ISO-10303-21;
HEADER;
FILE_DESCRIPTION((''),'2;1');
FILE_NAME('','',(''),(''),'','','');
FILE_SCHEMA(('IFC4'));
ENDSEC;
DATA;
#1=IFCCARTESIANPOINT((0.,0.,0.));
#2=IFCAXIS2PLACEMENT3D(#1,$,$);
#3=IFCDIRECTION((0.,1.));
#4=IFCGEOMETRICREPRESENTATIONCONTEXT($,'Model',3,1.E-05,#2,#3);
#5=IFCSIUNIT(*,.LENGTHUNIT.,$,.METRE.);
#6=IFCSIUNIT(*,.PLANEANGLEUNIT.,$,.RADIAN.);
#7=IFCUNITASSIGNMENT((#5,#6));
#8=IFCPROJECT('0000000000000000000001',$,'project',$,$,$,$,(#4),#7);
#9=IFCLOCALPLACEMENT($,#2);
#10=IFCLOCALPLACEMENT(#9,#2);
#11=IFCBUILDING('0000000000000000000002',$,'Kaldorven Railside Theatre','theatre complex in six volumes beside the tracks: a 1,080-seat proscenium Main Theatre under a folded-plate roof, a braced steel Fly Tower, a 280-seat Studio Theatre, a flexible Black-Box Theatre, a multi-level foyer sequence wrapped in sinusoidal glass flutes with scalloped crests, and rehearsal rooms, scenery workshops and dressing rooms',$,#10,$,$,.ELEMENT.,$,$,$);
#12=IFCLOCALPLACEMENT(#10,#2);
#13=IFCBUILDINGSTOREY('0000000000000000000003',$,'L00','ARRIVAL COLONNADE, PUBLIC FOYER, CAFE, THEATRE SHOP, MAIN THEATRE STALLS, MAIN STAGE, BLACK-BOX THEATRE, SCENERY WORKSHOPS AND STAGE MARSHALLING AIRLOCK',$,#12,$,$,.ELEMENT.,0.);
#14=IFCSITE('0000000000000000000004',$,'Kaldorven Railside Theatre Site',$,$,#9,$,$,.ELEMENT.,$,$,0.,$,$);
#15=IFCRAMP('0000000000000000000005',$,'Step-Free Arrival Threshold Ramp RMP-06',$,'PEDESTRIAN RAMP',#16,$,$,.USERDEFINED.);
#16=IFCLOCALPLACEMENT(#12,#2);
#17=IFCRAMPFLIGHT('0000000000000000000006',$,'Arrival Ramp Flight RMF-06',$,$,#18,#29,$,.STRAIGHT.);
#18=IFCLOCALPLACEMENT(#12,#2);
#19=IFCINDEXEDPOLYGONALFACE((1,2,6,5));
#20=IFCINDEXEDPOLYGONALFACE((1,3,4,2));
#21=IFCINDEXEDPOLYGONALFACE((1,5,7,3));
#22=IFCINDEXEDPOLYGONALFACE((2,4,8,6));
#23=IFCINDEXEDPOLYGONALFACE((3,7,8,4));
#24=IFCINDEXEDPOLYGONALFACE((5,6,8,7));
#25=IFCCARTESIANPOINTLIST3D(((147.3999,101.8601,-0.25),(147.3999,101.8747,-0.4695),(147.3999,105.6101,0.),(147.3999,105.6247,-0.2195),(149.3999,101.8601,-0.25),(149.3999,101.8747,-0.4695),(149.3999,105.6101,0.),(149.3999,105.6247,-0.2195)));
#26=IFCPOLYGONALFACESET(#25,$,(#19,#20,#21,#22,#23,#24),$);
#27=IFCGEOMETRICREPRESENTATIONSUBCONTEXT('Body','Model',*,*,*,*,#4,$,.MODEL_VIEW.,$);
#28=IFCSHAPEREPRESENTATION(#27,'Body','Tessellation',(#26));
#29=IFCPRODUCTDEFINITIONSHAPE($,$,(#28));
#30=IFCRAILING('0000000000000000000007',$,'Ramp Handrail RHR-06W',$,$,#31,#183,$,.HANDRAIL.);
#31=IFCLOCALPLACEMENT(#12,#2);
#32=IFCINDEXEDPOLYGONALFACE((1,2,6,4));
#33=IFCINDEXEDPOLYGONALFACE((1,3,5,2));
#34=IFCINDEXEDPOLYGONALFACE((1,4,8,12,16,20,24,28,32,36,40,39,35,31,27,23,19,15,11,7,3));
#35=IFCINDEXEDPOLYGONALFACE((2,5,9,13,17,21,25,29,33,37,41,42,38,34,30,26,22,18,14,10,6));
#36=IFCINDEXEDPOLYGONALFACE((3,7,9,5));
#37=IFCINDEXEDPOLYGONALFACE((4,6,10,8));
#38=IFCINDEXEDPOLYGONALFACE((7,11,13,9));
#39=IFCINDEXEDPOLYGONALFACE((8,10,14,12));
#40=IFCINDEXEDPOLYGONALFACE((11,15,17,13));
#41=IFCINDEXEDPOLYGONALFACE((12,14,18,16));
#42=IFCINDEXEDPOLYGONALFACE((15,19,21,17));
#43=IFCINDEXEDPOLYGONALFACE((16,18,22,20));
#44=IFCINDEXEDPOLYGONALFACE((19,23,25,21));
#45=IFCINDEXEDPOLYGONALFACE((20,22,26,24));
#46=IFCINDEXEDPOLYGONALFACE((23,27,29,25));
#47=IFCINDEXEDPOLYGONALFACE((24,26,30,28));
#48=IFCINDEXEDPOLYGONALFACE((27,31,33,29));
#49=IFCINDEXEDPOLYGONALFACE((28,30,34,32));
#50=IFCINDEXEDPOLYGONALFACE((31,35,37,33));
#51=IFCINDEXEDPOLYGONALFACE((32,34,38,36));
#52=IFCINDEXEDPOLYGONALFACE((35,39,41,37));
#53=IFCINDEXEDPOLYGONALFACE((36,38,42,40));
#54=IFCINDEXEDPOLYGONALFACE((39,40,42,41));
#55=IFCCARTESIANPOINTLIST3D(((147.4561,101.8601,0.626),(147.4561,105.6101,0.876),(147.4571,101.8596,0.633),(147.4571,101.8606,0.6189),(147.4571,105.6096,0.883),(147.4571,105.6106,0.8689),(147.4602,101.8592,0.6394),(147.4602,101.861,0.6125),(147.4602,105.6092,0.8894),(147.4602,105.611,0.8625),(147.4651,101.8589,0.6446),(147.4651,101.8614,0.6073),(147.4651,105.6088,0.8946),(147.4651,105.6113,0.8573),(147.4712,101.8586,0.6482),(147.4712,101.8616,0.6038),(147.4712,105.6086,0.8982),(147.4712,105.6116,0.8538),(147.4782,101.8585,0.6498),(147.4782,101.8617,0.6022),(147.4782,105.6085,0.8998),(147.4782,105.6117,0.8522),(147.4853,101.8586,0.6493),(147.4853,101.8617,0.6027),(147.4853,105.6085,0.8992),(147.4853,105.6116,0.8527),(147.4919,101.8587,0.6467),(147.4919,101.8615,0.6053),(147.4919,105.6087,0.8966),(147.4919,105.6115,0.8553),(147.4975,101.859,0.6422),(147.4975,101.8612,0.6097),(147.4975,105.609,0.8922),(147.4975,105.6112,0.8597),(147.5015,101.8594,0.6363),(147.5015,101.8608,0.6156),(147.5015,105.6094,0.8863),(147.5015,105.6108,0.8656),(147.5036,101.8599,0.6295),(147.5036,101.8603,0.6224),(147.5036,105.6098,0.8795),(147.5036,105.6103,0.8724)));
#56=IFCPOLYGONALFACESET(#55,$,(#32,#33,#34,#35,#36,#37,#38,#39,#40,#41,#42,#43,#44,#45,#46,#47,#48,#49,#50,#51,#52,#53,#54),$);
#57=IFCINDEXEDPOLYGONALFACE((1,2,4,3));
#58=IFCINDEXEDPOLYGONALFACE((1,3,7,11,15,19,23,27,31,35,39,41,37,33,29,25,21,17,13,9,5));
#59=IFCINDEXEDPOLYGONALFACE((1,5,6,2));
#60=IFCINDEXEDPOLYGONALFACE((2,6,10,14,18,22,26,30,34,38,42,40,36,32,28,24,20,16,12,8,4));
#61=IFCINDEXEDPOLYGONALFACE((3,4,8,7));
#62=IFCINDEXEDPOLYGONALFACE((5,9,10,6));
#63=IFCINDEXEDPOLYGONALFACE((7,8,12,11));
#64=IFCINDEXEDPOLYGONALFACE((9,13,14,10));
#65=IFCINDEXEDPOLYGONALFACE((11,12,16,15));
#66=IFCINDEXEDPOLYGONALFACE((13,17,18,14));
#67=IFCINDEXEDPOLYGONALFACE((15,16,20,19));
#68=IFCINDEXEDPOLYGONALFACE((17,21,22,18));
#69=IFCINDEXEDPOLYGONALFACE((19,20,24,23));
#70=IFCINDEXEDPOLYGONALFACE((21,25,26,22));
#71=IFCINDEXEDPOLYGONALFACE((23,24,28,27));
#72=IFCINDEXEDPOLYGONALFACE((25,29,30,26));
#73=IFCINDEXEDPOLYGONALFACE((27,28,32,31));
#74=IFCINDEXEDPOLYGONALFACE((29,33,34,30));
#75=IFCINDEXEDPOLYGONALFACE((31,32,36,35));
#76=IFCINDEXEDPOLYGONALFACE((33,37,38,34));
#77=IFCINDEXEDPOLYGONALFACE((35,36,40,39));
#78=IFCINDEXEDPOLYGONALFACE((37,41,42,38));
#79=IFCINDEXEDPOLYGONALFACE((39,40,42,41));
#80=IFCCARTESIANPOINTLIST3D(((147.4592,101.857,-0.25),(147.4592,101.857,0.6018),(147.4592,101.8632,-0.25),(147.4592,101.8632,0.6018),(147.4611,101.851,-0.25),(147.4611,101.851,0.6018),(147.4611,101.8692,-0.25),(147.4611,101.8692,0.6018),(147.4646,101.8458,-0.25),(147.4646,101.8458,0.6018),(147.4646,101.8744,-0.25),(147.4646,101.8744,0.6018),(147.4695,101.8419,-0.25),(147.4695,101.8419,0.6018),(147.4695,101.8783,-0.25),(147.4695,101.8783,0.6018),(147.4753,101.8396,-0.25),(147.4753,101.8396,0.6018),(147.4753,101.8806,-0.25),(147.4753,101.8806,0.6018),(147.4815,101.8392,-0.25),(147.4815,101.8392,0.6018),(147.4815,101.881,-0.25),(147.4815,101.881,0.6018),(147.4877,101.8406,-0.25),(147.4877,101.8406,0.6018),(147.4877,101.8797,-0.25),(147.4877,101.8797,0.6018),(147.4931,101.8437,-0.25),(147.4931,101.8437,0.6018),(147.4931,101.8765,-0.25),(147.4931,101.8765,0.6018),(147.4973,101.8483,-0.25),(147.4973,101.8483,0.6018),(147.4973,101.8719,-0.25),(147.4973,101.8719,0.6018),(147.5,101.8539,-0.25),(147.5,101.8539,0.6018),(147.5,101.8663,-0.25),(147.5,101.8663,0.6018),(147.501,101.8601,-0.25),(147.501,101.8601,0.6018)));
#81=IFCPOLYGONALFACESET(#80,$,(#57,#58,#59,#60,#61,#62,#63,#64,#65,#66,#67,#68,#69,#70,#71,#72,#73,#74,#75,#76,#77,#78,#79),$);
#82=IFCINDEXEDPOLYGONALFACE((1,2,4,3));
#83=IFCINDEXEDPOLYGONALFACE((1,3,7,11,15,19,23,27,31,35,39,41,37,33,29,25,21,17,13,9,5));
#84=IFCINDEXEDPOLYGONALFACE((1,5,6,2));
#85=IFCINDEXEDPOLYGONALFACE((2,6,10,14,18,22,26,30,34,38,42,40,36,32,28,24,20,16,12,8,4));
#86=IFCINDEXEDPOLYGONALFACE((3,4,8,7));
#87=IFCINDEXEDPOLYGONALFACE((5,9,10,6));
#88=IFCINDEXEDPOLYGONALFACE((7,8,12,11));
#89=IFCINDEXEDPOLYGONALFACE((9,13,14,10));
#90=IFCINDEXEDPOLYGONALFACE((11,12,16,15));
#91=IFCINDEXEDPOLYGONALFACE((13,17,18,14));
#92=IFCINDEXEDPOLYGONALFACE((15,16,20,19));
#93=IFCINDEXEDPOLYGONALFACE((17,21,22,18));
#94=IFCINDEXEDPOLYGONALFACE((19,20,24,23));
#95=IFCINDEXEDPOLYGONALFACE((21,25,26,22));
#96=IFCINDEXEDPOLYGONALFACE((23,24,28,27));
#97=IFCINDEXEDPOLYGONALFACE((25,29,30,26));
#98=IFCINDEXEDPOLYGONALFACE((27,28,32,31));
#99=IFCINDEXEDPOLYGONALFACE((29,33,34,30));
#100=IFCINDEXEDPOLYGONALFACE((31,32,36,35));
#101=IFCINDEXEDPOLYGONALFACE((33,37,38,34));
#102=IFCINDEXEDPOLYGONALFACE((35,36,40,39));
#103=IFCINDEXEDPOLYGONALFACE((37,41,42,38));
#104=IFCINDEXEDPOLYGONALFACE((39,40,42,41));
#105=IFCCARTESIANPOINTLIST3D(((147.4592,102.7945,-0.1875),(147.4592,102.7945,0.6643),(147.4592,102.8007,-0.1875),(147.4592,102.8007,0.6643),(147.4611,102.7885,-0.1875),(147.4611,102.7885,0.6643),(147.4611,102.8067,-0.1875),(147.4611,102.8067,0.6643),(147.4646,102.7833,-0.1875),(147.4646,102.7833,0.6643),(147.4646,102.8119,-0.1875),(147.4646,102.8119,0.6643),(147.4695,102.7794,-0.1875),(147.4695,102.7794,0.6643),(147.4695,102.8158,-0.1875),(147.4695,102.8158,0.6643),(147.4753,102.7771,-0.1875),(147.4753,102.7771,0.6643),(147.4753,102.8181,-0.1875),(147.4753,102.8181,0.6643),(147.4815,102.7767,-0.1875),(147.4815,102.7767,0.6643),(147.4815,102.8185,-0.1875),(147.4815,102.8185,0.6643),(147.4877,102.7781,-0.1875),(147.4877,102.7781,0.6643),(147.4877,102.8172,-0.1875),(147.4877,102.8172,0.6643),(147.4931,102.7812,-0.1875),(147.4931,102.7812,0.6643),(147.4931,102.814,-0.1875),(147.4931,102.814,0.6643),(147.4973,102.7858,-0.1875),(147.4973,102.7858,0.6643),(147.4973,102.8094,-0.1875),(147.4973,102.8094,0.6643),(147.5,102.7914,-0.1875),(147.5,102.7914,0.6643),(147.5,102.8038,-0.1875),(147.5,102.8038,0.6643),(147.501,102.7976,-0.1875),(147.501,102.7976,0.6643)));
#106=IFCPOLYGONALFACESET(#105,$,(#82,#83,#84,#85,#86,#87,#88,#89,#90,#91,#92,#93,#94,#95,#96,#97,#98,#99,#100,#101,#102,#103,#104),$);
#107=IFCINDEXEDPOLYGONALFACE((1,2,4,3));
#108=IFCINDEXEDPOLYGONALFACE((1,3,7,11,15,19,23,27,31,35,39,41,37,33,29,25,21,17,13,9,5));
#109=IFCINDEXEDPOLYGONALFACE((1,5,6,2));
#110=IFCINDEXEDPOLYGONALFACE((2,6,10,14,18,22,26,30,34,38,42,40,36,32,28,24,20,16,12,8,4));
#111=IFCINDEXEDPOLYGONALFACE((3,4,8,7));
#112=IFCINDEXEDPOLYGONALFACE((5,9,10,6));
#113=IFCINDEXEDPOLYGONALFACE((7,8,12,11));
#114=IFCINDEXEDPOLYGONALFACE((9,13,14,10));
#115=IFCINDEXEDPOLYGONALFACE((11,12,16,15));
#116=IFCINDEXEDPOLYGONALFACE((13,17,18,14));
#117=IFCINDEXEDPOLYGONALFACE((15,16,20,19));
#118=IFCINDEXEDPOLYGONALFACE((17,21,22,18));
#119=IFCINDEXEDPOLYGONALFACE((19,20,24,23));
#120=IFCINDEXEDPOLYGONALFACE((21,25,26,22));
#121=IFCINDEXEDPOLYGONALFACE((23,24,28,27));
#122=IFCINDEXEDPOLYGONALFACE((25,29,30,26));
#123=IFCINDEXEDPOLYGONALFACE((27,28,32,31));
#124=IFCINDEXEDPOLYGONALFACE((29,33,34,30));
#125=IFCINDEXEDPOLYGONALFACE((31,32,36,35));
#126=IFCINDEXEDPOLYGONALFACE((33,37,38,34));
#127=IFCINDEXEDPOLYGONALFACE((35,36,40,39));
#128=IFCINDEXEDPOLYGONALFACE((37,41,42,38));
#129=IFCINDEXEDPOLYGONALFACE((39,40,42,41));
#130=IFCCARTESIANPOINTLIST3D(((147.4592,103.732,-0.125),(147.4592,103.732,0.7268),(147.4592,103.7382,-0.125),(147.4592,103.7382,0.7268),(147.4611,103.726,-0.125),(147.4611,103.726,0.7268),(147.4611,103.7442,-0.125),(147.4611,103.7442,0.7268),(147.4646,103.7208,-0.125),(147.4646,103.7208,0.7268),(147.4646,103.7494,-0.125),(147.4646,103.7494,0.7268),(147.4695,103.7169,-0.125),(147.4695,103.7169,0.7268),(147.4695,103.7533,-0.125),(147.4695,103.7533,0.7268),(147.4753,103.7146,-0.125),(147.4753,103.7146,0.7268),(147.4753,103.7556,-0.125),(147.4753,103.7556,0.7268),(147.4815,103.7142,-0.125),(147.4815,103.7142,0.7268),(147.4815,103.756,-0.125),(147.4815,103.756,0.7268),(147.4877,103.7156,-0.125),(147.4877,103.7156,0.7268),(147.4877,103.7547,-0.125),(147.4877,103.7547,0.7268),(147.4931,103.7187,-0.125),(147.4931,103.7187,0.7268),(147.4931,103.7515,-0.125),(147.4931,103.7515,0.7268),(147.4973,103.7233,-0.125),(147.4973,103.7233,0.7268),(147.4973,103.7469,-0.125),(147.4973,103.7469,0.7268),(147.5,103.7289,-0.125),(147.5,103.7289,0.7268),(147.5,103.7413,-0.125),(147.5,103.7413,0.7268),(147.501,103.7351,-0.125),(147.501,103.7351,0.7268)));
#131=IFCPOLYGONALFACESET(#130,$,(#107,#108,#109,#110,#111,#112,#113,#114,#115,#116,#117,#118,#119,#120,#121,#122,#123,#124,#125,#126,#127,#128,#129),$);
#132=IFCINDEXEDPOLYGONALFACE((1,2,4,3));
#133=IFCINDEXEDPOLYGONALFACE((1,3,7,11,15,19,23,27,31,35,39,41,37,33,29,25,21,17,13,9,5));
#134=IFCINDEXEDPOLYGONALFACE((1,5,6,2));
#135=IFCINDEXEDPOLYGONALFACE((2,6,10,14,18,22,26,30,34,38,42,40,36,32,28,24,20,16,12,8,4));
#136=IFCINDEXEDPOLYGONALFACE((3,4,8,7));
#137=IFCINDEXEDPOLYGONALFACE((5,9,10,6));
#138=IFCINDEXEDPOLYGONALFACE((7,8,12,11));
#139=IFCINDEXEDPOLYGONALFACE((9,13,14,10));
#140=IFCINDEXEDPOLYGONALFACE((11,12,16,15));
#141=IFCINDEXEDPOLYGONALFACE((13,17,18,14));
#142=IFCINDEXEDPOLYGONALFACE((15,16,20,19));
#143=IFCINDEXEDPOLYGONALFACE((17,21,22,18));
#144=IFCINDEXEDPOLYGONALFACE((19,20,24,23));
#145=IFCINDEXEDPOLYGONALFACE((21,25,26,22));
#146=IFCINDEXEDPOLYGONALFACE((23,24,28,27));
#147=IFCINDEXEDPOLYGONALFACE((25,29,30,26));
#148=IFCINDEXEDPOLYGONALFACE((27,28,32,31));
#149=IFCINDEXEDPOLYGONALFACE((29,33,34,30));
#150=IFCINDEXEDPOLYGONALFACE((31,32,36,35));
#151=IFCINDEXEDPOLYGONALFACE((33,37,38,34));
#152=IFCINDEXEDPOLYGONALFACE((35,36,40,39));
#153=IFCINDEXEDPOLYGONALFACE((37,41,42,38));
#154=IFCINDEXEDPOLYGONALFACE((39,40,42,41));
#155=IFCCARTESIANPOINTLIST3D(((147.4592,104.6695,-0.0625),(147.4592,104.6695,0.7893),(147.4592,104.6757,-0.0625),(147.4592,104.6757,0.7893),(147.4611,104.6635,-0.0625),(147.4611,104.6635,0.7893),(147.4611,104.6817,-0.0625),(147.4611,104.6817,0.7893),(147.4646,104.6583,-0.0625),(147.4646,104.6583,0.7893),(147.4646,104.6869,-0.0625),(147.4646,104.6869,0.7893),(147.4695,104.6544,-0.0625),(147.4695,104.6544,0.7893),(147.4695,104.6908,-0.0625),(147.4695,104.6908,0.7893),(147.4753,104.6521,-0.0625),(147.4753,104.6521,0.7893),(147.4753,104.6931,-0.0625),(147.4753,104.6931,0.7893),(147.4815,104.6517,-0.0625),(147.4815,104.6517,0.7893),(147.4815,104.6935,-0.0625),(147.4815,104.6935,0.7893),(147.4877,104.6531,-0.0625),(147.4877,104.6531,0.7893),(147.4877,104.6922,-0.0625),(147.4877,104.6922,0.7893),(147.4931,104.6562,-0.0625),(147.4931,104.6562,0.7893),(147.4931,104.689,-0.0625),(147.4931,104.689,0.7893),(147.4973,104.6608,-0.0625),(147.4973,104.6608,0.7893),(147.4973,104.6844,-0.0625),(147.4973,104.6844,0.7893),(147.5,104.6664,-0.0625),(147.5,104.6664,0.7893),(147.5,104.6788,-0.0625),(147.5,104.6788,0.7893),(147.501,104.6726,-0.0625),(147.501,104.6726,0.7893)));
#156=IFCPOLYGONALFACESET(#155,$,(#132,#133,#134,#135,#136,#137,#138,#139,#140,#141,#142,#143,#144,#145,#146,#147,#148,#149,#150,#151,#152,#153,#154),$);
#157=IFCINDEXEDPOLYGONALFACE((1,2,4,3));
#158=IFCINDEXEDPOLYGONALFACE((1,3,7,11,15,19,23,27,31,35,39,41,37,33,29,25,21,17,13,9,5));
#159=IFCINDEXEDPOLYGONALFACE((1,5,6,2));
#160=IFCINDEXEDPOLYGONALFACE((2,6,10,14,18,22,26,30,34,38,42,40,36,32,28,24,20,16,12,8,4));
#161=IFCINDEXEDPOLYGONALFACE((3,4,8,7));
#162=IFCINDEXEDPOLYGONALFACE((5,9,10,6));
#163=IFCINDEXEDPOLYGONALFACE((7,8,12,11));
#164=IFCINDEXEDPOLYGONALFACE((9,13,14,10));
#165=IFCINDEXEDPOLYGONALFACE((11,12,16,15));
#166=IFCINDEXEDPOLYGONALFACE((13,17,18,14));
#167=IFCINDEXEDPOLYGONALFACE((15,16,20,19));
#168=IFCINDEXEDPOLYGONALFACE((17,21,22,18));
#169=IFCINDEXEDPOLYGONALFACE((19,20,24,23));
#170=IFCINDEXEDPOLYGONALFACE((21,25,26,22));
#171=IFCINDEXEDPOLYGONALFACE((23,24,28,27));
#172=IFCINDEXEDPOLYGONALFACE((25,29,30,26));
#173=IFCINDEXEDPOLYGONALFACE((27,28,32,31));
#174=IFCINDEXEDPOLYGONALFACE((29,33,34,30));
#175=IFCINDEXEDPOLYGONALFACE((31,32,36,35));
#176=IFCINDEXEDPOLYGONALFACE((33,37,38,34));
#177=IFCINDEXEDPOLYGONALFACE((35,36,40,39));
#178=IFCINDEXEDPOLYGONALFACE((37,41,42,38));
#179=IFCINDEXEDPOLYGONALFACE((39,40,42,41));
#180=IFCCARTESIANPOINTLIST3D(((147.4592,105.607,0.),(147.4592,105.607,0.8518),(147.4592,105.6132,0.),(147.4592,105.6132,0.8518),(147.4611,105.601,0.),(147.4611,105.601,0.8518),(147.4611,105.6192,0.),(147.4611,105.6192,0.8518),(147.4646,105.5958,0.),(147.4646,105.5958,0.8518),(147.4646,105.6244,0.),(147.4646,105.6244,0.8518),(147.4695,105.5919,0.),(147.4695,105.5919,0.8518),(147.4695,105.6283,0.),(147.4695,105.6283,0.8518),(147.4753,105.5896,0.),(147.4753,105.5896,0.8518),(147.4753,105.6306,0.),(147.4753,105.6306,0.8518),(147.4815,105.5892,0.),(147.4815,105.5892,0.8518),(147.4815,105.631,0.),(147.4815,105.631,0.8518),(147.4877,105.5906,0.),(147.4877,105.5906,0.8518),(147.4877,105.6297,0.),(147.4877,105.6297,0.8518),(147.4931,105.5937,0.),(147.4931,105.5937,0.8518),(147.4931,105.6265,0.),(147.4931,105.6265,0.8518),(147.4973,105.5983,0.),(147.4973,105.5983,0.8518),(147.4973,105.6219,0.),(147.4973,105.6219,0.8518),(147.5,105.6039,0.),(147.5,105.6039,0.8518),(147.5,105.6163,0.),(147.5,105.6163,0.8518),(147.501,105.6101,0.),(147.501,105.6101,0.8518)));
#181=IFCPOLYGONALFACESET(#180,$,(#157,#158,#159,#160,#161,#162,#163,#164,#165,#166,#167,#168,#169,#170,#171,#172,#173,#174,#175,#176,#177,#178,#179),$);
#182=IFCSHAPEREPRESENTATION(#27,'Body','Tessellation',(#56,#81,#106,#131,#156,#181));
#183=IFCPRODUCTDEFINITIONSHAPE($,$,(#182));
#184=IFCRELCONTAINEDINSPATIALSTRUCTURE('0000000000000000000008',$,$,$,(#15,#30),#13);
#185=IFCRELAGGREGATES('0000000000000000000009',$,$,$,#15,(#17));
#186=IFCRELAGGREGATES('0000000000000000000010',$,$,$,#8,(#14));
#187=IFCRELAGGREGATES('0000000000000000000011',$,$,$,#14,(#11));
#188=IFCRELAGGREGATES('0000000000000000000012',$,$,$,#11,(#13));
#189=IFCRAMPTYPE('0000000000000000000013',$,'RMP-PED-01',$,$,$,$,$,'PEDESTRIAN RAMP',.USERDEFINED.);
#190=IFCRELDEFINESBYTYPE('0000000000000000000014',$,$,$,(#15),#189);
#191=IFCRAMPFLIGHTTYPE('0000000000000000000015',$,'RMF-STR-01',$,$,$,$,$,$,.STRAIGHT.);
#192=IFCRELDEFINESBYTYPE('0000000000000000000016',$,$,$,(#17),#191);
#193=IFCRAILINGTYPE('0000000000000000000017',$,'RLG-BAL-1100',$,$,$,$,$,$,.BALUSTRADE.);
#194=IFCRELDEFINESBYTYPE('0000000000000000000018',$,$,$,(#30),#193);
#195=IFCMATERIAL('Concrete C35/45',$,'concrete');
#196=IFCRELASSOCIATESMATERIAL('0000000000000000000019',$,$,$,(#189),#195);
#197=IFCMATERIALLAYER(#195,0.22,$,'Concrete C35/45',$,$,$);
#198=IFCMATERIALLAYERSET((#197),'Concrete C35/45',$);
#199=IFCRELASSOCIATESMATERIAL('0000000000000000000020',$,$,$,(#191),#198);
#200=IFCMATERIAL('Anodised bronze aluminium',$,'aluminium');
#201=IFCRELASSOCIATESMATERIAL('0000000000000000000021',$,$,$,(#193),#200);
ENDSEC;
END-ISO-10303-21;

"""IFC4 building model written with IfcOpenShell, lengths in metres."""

from ifc_helpers import new_model, si_unit, direction, frame, origin, origin_2d, place, context, subcontext, project, spatial, polyline, circle, outline, extrude, material, layer, layer_set, type_object, element, aggregate, save


model = new_model("IFC4")

# Units and contexts
model_context = context("Model", 3, precision=1e-05, world=origin(), true_north=direction((0.0, 1.0)))
body_context = subcontext(model_context, "Body", "Model", "MODEL_VIEW")
ifc_project = project(units=[si_unit("LENGTHUNIT", "METRE"), si_unit("PLANEANGLEUNIT", "RADIAN")], contexts=[model_context])

# Site, building, storey
site_placement = place(None, origin())
site = spatial("IfcSite", under=ifc_project, at=site_placement, Name="Kaldorven Railside Theatre Site", CompositionType="ELEMENT", RefElevation=0.0)
building_placement = place(site_placement, origin())
building = spatial("IfcBuilding", under=site, at=building_placement, Name="Kaldorven Railside Theatre", Description="theatre complex in six volumes beside the tracks: a 1,080-seat proscenium Main Theatre under a folded-plate roof, a braced steel Fly Tower, a 280-seat Studio Theatre, a flexible Black-Box Theatre, a multi-level foyer sequence wrapped in sinusoidal glass flutes with scalloped crests, and rehearsal rooms, scenery workshops and dressing rooms", CompositionType="ELEMENT")
storey_placement = place(building_placement, origin())
storey = spatial("IfcBuildingStorey", under=building, at=storey_placement, Name="L00", Description="ARRIVAL COLONNADE, PUBLIC FOYER, CAFE, THEATRE SHOP, MAIN THEATRE STALLS, MAIN STAGE, BLACK-BOX THEATRE, SCENERY WORKSHOPS AND STAGE MARSHALLING AIRLOCK", CompositionType="ELEMENT", Elevation=0.0)

# Ramp, ramp flight
ifc_material_1 = material(Name="Concrete C35/45", Category="concrete")
ramp_type = type_object("IfcRampType", Name="RMP-PED-01", ElementType="PEDESTRIAN RAMP", PredefinedType="USERDEFINED", material=ifc_material_1)
ramp_placement = place(storey_placement, origin())
ramp = element("IfcRamp", 1, at=ramp_placement, inside=storey, type_object=ramp_type, Name="Step-Free Arrival Threshold Ramp RMP-06", ObjectType="PEDESTRIAN RAMP", PredefinedType="USERDEFINED")
ifc_layer_1 = layer(ifc_material_1, 0.22, Name="Concrete C35/45")
ifc_layer_set_1 = layer_set([ifc_layer_1], Name="Concrete C35/45")
ramp_flight_type = type_object("IfcRampFlightType", Name="RMF-STR-01", PredefinedType="STRAIGHT", material=ifc_layer_set_1)
ramp_flight_placement = place(storey_placement, frame((147.3999, 101.8601, -0.25), z_axis=(0.0, -0.066519, 0.997785), x_axis=(1.0, 0.0, 0.0)))
ramp_flight = element("IfcRampFlight", 2, at=ramp_flight_placement, type_object=ramp_flight_type, Name="Arrival Ramp Flight RMF-06", PredefinedType="STRAIGHT", context=body_context, shape_type="SweptSolid", body=[
    extrude(outline(polyline([(0.0, 0.0), (2.0, 0.0), (2.0, 3.7583), (0.0, 3.7583), (0.0, 0.0)])), origin(), (0.0, 0.0, -1.0), 0.22),
])
aggregate(ramp, [ramp_flight])

# Railing
ifc_material_2 = material(Name="Anodised bronze aluminium", Category="aluminium")
railing_type_1 = type_object("IfcRailingType", Name="RLG-BAL-1100", PredefinedType="BALUSTRADE", material=ifc_material_2)
for number, where, name in (
    (3, (147.48, 101.8601, -0.25), "Ramp Handrail RHR-06W"),
):
    element("IfcRailing", number, at=place(storey_placement, frame(where)), inside=storey, type_object=railing_type_1, Name=name, PredefinedType="HANDRAIL", context=body_context, shape_type="SweptSolid", body=[
        extrude(circle(Radius=0.0239, at=origin_2d()), frame((0.0, 0.0, 0.876), z_axis=(0.0, 0.997785, 0.066519), x_axis=(-1.0, 0.0, 0.0)), (0.0, 0.0, 1.0), 3.7583),
        extrude(circle(Radius=0.021, at=origin_2d()), origin(), (0.0, 0.0, 1.0), 0.8518),
        extrude(circle(Radius=0.021, at=origin_2d()), frame((0.0, 0.9375, 0.0625)), (0.0, 0.0, 1.0), 0.8518),
        extrude(circle(Radius=0.021, at=origin_2d()), frame((0.0, 1.875, 0.125)), (0.0, 0.0, 1.0), 0.8518),
        extrude(circle(Radius=0.021, at=origin_2d()), frame((0.0, 2.8125, 0.1875)), (0.0, 0.0, 1.0), 0.8518),
        extrude(circle(Radius=0.021, at=origin_2d()), frame((0.0, 3.75, 0.25)), (0.0, 0.0, 1.0), 0.8518),
    ])

save(model, "model.ifc")
